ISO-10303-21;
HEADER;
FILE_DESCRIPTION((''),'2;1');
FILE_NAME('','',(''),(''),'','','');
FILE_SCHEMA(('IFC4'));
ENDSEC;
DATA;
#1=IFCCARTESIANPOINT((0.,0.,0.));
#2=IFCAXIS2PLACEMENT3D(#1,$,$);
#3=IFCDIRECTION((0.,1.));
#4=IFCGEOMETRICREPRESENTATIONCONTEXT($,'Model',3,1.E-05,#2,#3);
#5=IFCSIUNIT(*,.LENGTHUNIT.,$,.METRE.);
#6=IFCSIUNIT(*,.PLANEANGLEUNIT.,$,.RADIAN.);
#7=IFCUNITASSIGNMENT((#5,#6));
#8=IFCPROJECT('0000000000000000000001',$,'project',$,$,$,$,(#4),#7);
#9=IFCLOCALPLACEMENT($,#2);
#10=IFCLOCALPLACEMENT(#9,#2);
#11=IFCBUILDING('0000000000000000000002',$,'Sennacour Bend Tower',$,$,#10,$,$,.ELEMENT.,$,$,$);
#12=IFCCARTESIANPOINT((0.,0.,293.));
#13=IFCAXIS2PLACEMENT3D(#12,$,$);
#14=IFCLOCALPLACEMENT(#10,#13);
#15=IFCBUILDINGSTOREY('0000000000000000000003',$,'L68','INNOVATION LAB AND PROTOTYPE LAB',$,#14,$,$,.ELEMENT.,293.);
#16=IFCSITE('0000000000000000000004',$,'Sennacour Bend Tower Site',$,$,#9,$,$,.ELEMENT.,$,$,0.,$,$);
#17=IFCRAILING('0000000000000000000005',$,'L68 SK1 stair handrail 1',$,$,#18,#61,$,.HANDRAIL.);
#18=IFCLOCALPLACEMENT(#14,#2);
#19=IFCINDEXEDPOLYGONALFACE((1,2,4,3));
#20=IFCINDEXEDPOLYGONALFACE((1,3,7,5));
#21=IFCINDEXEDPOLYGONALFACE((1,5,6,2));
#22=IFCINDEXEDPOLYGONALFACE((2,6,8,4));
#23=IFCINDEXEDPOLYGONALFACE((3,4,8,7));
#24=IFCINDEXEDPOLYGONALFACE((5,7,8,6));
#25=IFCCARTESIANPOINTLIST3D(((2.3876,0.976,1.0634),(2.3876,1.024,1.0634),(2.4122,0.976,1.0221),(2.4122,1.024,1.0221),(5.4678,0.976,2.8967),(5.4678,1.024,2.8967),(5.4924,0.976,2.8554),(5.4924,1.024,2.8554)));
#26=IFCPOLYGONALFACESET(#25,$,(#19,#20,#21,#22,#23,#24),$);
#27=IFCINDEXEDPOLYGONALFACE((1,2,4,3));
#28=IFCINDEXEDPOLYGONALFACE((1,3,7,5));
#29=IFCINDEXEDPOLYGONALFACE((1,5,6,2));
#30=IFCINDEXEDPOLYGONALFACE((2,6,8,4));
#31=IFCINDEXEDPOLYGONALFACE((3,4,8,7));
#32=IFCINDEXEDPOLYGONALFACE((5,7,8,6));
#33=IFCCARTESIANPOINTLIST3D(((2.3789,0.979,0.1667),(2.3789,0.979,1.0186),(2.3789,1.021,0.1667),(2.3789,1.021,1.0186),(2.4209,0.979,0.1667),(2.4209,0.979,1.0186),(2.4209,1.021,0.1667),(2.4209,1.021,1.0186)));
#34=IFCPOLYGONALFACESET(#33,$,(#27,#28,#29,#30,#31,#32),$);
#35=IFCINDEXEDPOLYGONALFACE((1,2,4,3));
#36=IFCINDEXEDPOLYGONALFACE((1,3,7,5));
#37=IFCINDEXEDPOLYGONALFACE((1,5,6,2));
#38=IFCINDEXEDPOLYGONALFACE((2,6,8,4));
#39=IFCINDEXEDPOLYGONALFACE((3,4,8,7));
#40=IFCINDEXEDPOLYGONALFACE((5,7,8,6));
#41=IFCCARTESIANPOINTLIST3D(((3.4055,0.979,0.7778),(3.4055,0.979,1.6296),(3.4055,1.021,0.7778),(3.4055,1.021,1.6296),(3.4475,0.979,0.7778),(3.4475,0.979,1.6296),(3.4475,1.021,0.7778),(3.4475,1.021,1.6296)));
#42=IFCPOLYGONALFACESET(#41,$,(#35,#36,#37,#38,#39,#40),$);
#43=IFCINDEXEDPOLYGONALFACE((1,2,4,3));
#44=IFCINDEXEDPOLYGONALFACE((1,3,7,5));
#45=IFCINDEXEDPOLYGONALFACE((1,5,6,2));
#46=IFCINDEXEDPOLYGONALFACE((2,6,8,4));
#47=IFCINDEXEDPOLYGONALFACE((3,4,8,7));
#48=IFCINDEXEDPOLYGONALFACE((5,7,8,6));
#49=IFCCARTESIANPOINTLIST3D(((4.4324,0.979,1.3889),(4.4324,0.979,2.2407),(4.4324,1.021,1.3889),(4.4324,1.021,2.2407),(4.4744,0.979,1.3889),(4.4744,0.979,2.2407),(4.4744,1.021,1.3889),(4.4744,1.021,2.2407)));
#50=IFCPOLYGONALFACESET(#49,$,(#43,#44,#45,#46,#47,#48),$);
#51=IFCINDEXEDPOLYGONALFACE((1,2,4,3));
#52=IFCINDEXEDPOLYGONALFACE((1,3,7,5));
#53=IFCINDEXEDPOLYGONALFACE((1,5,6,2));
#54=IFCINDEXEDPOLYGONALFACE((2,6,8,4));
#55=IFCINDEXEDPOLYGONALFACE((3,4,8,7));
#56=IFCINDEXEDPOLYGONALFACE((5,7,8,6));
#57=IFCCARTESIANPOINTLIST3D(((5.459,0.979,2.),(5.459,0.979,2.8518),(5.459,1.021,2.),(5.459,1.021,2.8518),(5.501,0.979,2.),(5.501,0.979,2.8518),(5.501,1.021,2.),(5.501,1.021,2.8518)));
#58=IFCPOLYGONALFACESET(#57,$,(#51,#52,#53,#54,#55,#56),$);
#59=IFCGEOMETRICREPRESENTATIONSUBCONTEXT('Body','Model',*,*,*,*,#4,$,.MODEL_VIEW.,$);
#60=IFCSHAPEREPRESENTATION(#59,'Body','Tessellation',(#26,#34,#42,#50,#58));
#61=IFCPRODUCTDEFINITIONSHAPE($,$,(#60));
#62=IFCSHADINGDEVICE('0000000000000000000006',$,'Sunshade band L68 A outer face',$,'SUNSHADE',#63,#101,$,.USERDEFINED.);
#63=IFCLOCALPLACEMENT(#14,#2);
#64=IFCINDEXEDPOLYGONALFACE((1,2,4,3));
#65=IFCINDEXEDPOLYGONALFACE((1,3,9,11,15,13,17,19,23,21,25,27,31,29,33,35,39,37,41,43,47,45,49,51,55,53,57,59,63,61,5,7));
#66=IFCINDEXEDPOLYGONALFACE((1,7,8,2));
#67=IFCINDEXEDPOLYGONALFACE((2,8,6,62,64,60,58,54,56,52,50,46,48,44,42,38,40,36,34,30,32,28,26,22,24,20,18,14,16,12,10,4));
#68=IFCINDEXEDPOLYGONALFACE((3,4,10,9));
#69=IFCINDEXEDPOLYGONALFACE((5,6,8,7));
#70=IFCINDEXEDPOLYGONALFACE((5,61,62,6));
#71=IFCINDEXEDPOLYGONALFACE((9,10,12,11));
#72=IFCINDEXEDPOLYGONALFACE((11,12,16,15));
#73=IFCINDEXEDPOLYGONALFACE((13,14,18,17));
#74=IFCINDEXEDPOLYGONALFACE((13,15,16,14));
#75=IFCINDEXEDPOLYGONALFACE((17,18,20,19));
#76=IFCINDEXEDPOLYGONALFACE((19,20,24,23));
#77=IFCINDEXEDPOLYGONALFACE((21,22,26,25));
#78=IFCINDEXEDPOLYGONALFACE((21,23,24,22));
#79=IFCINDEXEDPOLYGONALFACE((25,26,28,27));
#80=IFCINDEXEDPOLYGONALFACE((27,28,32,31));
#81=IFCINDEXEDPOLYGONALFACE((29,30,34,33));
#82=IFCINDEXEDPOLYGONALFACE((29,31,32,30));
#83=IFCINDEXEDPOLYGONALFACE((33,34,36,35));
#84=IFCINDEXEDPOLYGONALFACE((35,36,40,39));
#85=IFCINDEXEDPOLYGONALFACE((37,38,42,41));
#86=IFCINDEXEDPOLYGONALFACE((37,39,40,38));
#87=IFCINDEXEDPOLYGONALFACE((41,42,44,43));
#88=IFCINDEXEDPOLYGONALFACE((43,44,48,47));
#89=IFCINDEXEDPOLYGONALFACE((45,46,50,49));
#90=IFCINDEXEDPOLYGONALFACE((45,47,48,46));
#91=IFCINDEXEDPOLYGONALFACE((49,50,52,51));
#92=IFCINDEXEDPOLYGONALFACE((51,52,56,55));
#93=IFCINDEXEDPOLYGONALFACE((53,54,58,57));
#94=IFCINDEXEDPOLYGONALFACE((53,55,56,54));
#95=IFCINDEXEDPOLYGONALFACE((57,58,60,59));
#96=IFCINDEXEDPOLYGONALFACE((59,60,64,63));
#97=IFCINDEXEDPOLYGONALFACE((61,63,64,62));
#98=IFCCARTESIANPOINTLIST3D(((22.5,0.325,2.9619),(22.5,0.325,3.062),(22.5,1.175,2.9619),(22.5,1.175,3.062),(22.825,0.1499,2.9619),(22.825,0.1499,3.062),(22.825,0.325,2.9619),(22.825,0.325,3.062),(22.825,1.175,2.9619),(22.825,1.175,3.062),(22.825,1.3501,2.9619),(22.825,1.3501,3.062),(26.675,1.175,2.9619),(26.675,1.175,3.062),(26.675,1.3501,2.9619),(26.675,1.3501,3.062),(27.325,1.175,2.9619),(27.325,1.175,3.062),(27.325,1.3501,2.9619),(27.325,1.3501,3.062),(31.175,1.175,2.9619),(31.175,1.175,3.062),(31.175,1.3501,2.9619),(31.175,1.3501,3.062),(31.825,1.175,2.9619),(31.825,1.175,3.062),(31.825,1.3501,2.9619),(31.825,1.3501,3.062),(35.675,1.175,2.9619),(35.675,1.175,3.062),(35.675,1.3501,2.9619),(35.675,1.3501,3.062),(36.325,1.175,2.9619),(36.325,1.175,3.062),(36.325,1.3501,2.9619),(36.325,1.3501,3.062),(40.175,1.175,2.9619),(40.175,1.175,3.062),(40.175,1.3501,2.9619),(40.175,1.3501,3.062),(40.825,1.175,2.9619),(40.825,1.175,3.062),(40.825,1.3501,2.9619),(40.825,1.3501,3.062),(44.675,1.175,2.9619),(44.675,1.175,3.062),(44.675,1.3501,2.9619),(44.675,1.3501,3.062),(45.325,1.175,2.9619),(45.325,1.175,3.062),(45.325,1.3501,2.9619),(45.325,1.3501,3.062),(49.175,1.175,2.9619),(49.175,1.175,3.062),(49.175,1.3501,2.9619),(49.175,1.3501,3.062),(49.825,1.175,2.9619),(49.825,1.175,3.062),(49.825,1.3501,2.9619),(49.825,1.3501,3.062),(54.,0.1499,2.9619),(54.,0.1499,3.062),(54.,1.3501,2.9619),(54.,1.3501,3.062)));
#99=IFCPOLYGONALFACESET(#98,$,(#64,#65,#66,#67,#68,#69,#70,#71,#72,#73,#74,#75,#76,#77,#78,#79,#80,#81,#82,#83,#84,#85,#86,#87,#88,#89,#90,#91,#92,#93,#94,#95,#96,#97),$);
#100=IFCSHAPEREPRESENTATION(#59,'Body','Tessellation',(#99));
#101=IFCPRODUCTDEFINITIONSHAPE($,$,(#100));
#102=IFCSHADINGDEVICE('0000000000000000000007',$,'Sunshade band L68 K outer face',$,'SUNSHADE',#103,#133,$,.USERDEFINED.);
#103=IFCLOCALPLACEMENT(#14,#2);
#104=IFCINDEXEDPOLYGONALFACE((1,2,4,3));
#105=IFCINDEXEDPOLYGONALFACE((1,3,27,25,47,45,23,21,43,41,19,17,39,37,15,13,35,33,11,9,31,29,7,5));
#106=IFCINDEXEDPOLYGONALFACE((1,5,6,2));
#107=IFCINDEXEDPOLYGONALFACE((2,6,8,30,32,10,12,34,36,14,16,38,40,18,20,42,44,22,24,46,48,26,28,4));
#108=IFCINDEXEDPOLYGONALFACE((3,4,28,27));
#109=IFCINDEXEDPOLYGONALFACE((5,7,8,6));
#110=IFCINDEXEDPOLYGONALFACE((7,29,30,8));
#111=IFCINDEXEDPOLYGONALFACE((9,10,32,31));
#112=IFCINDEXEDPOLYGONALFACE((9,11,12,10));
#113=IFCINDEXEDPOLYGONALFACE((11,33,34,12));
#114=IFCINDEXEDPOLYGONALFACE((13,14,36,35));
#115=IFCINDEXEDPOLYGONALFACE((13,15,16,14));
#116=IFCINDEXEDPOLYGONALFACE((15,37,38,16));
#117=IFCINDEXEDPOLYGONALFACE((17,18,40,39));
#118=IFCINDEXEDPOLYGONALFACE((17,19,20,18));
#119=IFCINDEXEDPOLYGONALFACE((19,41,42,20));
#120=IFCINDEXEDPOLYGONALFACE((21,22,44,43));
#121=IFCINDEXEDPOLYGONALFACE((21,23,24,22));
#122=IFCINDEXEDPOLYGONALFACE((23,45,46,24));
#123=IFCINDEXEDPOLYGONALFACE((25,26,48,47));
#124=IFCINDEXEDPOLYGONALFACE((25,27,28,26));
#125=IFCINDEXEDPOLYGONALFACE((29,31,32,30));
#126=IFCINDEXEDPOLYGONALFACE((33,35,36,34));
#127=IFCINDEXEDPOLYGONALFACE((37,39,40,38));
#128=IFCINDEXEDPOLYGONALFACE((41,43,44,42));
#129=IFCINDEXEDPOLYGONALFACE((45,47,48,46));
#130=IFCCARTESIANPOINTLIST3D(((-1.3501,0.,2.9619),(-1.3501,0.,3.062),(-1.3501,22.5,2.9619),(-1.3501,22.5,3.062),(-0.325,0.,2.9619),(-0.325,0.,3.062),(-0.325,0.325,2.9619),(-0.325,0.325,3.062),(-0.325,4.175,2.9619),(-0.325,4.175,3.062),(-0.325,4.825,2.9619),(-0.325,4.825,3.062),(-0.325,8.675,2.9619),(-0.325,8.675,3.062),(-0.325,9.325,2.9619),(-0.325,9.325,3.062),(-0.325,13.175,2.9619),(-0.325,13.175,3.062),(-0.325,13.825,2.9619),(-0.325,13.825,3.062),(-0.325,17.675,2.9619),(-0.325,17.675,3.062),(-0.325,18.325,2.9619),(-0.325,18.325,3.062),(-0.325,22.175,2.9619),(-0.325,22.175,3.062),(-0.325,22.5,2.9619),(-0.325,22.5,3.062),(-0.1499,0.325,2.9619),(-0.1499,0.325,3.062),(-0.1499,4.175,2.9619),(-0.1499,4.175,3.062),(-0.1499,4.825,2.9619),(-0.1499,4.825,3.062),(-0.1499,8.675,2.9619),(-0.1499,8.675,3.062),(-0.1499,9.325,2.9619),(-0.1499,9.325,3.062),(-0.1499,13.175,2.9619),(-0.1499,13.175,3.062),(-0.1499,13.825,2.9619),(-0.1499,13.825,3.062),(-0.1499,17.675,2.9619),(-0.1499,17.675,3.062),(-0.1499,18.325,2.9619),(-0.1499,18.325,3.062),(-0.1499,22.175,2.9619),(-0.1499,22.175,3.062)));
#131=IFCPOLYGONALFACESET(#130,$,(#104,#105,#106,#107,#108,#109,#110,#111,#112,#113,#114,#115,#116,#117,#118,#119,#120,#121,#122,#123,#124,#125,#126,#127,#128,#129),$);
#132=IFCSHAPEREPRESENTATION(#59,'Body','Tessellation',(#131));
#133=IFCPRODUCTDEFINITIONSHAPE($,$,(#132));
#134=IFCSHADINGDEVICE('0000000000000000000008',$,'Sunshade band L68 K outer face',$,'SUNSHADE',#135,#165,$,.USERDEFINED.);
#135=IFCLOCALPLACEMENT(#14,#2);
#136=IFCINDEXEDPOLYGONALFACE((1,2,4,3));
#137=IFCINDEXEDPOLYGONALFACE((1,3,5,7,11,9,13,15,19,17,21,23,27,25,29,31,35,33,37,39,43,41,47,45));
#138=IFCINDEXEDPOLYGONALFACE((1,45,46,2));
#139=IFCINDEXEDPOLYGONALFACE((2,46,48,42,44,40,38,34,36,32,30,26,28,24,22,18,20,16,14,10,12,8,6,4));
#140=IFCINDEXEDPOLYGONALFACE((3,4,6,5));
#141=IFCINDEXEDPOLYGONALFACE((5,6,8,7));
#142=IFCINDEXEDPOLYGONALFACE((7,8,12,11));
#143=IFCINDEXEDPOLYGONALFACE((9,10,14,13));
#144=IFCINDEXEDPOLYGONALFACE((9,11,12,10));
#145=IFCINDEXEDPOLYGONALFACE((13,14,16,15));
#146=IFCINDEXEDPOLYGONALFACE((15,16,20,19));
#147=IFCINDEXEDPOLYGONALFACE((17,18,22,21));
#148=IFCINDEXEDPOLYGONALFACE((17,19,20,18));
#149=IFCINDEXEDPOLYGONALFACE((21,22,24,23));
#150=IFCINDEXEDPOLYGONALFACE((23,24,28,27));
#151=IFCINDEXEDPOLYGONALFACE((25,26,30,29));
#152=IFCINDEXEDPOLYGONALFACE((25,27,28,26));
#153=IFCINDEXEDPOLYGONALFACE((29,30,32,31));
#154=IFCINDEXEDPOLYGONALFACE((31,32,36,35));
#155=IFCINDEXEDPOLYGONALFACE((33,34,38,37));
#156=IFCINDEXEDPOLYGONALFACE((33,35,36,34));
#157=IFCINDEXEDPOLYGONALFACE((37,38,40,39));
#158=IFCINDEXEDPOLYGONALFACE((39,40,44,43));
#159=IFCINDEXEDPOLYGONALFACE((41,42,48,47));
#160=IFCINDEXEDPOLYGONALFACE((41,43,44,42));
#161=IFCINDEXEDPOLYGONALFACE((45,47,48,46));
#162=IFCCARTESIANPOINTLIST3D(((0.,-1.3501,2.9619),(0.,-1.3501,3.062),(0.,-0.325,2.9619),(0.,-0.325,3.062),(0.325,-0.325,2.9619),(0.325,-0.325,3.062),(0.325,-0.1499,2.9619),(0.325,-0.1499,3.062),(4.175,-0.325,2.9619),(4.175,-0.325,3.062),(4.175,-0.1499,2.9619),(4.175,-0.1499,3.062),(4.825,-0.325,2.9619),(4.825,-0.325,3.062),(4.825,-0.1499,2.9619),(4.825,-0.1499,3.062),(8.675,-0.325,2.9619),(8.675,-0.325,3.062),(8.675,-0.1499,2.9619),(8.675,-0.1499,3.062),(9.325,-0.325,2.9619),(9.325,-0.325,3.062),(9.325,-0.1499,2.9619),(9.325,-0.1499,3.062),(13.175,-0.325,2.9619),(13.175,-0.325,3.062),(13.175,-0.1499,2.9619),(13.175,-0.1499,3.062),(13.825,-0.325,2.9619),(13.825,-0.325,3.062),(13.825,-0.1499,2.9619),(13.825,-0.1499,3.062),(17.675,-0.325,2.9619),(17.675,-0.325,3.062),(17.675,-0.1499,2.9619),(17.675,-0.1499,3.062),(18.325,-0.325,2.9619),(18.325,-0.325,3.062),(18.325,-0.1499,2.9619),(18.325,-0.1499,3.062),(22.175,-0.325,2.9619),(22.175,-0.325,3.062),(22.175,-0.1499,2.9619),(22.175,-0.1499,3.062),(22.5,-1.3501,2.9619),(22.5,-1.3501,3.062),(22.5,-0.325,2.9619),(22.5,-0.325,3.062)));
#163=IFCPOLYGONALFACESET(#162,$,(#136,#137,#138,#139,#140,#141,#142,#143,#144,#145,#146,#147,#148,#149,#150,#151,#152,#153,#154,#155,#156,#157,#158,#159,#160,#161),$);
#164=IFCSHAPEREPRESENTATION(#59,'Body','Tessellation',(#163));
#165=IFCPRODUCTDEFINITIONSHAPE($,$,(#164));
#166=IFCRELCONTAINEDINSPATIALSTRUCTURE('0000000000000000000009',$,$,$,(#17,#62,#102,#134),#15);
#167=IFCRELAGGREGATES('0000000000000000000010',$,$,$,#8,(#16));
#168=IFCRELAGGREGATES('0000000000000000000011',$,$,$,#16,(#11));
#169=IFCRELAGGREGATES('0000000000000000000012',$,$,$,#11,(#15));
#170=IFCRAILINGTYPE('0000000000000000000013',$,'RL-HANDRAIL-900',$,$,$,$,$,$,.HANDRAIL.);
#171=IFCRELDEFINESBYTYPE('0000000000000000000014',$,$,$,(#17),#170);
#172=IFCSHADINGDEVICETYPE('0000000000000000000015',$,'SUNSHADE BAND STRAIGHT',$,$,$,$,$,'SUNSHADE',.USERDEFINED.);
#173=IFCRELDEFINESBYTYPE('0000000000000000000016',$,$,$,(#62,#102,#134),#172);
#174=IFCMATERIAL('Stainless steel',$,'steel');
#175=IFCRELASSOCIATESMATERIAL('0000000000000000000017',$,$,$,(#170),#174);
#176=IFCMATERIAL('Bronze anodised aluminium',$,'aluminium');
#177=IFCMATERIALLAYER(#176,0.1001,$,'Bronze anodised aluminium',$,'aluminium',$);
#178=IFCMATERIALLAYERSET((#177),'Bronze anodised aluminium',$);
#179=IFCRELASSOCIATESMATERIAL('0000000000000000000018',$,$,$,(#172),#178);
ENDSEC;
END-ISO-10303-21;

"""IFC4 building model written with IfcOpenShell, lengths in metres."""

from ifc_helpers import new_model, si_unit, direction, frame, origin, origin_2d, place, context, subcontext, project, spatial, polyline, rectangle, outline, extrude, material, layer, layer_set, type_object, element, save


model = new_model("IFC4")

# Units and contexts
model_context = context("Model", 3, precision=1e-05, world=origin(), true_north=direction((0.0, 1.0)))
body_context = subcontext(model_context, "Body", "Model", "MODEL_VIEW")
ifc_project = project(units=[si_unit("LENGTHUNIT", "METRE"), si_unit("PLANEANGLEUNIT", "RADIAN")], contexts=[model_context])

# Site, building, storey
site_placement = place(None, origin())
site = spatial("IfcSite", under=ifc_project, at=site_placement, Name="Sennacour Bend Tower Site", CompositionType="ELEMENT", RefElevation=0.0)
building_placement = place(site_placement, origin())
building = spatial("IfcBuilding", under=site, at=building_placement, Name="Sennacour Bend Tower", CompositionType="ELEMENT")
storey_placement = place(building_placement, frame((0.0, 0.0, 293.0)))
storey = spatial("IfcBuildingStorey", under=building, at=storey_placement, Name="L68", Description="INNOVATION LAB AND PROTOTYPE LAB", CompositionType="ELEMENT", Elevation=293.0)

# Railing
ifc_material_1 = material(Name="Stainless steel", Category="steel")
railing_type_1 = type_object("IfcRailingType", Name="RL-HANDRAIL-900", PredefinedType="HANDRAIL", material=ifc_material_1)
railing_1_placement = place(storey_placement, frame((2.3999, 1.0, 0.1667)))
element("IfcRailing", 1, at=railing_1_placement, inside=storey, type_object=railing_type_1, Name="L68 SK1 stair handrail 1", PredefinedType="HANDRAIL", context=body_context, shape_type="SweptSolid", body=[
    extrude(rectangle(XDim=0.0481, YDim=0.0481, at=origin_2d()), frame((0.0, 0.0, 0.876), z_axis=(0.859309, 0.0, 0.511458), x_axis=(0.0, 1.0, 0.0)), (0.0, 0.0, 1.0), 3.5845),
    extrude(rectangle(XDim=0.042, YDim=0.042, at=origin_2d()), origin(), (0.0, 0.0, 1.0), 0.8518),
    extrude(rectangle(XDim=0.042, YDim=0.042, at=origin_2d()), frame((1.0266, 0.0, 0.6111)), (0.0, 0.0, 1.0), 0.8518),
    extrude(rectangle(XDim=0.042, YDim=0.042, at=origin_2d()), frame((2.0535, 0.0, 1.2222)), (0.0, 0.0, 1.0), 0.8518),
    extrude(rectangle(XDim=0.042, YDim=0.042, at=origin_2d()), frame((3.0801, 0.0, 1.8333)), (0.0, 0.0, 1.0), 0.8518),
])

# Shading devices
ifc_material_2 = material(Name="Bronze anodised aluminium", Category="aluminium")
ifc_layer_1 = layer(ifc_material_2, 0.1001, Name="Bronze anodised aluminium", Category="aluminium")
ifc_layer_set_1 = layer_set([ifc_layer_1], Name="Bronze anodised aluminium")
shading_device_type_1 = type_object("IfcShadingDeviceType", Name="SUNSHADE BAND STRAIGHT", ElementType="SUNSHADE", PredefinedType="USERDEFINED", material=ifc_layer_set_1)
shading_device_1_placement = place(storey_placement, frame((0.0, 0.0, 2.9619)))
element("IfcShadingDevice", 2, at=shading_device_1_placement, inside=storey, type_object=shading_device_type_1, Name="Sunshade band L68 A outer face", ObjectType="SUNSHADE", PredefinedType="USERDEFINED", context=body_context, shape_type="SweptSolid", body=[
    extrude(outline(polyline([(26.675, 1.3501), (26.675, 1.175), (27.325, 1.175), (27.325, 1.3501), (31.175, 1.3501), (31.175, 1.175), (31.825, 1.175), (31.825, 1.3501), (35.675, 1.3501), (35.675, 1.175), (36.325, 1.175), (36.325, 1.3501), (40.175, 1.3501), (40.175, 1.175), (40.825, 1.175), (40.825, 1.3501), (44.675, 1.3501), (44.675, 1.175), (45.325, 1.175), (45.325, 1.3501), (49.175, 1.3501), (49.175, 1.175), (49.825, 1.175), (49.825, 1.3501), (54.0, 1.3501), (54.0, 0.1499), (22.825, 0.1499), (22.825, 0.325), (22.5, 0.325), (22.5, 1.175), (22.825, 1.175), (22.825, 1.3501), (26.675, 1.3501)])), origin(), (0.0, 0.0, 1.0), 0.1001),
])
shading_device_2_placement = place(storey_placement, frame((0.0, 0.0, 2.9619)))
element("IfcShadingDevice", 3, at=shading_device_2_placement, inside=storey, type_object=shading_device_type_1, Name="Sunshade band L68 K outer face", ObjectType="SUNSHADE", PredefinedType="USERDEFINED", context=body_context, shape_type="SweptSolid", body=[
    extrude(outline(polyline([(-0.1499, 18.325), (-0.325, 18.325), (-0.325, 17.675), (-0.1499, 17.675), (-0.1499, 13.825), (-0.325, 13.825), (-0.325, 13.175), (-0.1499, 13.175), (-0.1499, 9.325), (-0.325, 9.325), (-0.325, 8.675), (-0.1499, 8.675), (-0.1499, 4.825), (-0.325, 4.825), (-0.325, 4.175), (-0.1499, 4.175), (-0.1499, 0.325), (-0.325, 0.325), (-0.325, 0.0), (-1.3501, 0.0), (-1.3501, 22.5), (-0.325, 22.5), (-0.325, 22.175), (-0.1499, 22.175), (-0.1499, 18.325)])), origin(), (0.0, 0.0, 1.0), 0.1001),
])
shading_device_3_placement = place(storey_placement, frame((0.0, 0.0, 2.9619)))
element("IfcShadingDevice", 4, at=shading_device_3_placement, inside=storey, type_object=shading_device_type_1, Name="Sunshade band L68 K outer face", ObjectType="SUNSHADE", PredefinedType="USERDEFINED", context=body_context, shape_type="SweptSolid", body=[
    extrude(outline(polyline([(4.175, -0.1499), (4.175, -0.325), (4.825, -0.325), (4.825, -0.1499), (8.675, -0.1499), (8.675, -0.325), (9.325, -0.325), (9.325, -0.1499), (13.175, -0.1499), (13.175, -0.325), (13.825, -0.325), (13.825, -0.1499), (17.675, -0.1499), (17.675, -0.325), (18.325, -0.325), (18.325, -0.1499), (22.175, -0.1499), (22.175, -0.325), (22.5, -0.325), (22.5, -1.3501), (0.0, -1.3501), (0.0, -0.325), (0.325, -0.325), (0.325, -0.1499), (4.175, -0.1499)])), origin(), (0.0, 0.0, 1.0), 0.1001),
])

save(model, "model.ifc")
